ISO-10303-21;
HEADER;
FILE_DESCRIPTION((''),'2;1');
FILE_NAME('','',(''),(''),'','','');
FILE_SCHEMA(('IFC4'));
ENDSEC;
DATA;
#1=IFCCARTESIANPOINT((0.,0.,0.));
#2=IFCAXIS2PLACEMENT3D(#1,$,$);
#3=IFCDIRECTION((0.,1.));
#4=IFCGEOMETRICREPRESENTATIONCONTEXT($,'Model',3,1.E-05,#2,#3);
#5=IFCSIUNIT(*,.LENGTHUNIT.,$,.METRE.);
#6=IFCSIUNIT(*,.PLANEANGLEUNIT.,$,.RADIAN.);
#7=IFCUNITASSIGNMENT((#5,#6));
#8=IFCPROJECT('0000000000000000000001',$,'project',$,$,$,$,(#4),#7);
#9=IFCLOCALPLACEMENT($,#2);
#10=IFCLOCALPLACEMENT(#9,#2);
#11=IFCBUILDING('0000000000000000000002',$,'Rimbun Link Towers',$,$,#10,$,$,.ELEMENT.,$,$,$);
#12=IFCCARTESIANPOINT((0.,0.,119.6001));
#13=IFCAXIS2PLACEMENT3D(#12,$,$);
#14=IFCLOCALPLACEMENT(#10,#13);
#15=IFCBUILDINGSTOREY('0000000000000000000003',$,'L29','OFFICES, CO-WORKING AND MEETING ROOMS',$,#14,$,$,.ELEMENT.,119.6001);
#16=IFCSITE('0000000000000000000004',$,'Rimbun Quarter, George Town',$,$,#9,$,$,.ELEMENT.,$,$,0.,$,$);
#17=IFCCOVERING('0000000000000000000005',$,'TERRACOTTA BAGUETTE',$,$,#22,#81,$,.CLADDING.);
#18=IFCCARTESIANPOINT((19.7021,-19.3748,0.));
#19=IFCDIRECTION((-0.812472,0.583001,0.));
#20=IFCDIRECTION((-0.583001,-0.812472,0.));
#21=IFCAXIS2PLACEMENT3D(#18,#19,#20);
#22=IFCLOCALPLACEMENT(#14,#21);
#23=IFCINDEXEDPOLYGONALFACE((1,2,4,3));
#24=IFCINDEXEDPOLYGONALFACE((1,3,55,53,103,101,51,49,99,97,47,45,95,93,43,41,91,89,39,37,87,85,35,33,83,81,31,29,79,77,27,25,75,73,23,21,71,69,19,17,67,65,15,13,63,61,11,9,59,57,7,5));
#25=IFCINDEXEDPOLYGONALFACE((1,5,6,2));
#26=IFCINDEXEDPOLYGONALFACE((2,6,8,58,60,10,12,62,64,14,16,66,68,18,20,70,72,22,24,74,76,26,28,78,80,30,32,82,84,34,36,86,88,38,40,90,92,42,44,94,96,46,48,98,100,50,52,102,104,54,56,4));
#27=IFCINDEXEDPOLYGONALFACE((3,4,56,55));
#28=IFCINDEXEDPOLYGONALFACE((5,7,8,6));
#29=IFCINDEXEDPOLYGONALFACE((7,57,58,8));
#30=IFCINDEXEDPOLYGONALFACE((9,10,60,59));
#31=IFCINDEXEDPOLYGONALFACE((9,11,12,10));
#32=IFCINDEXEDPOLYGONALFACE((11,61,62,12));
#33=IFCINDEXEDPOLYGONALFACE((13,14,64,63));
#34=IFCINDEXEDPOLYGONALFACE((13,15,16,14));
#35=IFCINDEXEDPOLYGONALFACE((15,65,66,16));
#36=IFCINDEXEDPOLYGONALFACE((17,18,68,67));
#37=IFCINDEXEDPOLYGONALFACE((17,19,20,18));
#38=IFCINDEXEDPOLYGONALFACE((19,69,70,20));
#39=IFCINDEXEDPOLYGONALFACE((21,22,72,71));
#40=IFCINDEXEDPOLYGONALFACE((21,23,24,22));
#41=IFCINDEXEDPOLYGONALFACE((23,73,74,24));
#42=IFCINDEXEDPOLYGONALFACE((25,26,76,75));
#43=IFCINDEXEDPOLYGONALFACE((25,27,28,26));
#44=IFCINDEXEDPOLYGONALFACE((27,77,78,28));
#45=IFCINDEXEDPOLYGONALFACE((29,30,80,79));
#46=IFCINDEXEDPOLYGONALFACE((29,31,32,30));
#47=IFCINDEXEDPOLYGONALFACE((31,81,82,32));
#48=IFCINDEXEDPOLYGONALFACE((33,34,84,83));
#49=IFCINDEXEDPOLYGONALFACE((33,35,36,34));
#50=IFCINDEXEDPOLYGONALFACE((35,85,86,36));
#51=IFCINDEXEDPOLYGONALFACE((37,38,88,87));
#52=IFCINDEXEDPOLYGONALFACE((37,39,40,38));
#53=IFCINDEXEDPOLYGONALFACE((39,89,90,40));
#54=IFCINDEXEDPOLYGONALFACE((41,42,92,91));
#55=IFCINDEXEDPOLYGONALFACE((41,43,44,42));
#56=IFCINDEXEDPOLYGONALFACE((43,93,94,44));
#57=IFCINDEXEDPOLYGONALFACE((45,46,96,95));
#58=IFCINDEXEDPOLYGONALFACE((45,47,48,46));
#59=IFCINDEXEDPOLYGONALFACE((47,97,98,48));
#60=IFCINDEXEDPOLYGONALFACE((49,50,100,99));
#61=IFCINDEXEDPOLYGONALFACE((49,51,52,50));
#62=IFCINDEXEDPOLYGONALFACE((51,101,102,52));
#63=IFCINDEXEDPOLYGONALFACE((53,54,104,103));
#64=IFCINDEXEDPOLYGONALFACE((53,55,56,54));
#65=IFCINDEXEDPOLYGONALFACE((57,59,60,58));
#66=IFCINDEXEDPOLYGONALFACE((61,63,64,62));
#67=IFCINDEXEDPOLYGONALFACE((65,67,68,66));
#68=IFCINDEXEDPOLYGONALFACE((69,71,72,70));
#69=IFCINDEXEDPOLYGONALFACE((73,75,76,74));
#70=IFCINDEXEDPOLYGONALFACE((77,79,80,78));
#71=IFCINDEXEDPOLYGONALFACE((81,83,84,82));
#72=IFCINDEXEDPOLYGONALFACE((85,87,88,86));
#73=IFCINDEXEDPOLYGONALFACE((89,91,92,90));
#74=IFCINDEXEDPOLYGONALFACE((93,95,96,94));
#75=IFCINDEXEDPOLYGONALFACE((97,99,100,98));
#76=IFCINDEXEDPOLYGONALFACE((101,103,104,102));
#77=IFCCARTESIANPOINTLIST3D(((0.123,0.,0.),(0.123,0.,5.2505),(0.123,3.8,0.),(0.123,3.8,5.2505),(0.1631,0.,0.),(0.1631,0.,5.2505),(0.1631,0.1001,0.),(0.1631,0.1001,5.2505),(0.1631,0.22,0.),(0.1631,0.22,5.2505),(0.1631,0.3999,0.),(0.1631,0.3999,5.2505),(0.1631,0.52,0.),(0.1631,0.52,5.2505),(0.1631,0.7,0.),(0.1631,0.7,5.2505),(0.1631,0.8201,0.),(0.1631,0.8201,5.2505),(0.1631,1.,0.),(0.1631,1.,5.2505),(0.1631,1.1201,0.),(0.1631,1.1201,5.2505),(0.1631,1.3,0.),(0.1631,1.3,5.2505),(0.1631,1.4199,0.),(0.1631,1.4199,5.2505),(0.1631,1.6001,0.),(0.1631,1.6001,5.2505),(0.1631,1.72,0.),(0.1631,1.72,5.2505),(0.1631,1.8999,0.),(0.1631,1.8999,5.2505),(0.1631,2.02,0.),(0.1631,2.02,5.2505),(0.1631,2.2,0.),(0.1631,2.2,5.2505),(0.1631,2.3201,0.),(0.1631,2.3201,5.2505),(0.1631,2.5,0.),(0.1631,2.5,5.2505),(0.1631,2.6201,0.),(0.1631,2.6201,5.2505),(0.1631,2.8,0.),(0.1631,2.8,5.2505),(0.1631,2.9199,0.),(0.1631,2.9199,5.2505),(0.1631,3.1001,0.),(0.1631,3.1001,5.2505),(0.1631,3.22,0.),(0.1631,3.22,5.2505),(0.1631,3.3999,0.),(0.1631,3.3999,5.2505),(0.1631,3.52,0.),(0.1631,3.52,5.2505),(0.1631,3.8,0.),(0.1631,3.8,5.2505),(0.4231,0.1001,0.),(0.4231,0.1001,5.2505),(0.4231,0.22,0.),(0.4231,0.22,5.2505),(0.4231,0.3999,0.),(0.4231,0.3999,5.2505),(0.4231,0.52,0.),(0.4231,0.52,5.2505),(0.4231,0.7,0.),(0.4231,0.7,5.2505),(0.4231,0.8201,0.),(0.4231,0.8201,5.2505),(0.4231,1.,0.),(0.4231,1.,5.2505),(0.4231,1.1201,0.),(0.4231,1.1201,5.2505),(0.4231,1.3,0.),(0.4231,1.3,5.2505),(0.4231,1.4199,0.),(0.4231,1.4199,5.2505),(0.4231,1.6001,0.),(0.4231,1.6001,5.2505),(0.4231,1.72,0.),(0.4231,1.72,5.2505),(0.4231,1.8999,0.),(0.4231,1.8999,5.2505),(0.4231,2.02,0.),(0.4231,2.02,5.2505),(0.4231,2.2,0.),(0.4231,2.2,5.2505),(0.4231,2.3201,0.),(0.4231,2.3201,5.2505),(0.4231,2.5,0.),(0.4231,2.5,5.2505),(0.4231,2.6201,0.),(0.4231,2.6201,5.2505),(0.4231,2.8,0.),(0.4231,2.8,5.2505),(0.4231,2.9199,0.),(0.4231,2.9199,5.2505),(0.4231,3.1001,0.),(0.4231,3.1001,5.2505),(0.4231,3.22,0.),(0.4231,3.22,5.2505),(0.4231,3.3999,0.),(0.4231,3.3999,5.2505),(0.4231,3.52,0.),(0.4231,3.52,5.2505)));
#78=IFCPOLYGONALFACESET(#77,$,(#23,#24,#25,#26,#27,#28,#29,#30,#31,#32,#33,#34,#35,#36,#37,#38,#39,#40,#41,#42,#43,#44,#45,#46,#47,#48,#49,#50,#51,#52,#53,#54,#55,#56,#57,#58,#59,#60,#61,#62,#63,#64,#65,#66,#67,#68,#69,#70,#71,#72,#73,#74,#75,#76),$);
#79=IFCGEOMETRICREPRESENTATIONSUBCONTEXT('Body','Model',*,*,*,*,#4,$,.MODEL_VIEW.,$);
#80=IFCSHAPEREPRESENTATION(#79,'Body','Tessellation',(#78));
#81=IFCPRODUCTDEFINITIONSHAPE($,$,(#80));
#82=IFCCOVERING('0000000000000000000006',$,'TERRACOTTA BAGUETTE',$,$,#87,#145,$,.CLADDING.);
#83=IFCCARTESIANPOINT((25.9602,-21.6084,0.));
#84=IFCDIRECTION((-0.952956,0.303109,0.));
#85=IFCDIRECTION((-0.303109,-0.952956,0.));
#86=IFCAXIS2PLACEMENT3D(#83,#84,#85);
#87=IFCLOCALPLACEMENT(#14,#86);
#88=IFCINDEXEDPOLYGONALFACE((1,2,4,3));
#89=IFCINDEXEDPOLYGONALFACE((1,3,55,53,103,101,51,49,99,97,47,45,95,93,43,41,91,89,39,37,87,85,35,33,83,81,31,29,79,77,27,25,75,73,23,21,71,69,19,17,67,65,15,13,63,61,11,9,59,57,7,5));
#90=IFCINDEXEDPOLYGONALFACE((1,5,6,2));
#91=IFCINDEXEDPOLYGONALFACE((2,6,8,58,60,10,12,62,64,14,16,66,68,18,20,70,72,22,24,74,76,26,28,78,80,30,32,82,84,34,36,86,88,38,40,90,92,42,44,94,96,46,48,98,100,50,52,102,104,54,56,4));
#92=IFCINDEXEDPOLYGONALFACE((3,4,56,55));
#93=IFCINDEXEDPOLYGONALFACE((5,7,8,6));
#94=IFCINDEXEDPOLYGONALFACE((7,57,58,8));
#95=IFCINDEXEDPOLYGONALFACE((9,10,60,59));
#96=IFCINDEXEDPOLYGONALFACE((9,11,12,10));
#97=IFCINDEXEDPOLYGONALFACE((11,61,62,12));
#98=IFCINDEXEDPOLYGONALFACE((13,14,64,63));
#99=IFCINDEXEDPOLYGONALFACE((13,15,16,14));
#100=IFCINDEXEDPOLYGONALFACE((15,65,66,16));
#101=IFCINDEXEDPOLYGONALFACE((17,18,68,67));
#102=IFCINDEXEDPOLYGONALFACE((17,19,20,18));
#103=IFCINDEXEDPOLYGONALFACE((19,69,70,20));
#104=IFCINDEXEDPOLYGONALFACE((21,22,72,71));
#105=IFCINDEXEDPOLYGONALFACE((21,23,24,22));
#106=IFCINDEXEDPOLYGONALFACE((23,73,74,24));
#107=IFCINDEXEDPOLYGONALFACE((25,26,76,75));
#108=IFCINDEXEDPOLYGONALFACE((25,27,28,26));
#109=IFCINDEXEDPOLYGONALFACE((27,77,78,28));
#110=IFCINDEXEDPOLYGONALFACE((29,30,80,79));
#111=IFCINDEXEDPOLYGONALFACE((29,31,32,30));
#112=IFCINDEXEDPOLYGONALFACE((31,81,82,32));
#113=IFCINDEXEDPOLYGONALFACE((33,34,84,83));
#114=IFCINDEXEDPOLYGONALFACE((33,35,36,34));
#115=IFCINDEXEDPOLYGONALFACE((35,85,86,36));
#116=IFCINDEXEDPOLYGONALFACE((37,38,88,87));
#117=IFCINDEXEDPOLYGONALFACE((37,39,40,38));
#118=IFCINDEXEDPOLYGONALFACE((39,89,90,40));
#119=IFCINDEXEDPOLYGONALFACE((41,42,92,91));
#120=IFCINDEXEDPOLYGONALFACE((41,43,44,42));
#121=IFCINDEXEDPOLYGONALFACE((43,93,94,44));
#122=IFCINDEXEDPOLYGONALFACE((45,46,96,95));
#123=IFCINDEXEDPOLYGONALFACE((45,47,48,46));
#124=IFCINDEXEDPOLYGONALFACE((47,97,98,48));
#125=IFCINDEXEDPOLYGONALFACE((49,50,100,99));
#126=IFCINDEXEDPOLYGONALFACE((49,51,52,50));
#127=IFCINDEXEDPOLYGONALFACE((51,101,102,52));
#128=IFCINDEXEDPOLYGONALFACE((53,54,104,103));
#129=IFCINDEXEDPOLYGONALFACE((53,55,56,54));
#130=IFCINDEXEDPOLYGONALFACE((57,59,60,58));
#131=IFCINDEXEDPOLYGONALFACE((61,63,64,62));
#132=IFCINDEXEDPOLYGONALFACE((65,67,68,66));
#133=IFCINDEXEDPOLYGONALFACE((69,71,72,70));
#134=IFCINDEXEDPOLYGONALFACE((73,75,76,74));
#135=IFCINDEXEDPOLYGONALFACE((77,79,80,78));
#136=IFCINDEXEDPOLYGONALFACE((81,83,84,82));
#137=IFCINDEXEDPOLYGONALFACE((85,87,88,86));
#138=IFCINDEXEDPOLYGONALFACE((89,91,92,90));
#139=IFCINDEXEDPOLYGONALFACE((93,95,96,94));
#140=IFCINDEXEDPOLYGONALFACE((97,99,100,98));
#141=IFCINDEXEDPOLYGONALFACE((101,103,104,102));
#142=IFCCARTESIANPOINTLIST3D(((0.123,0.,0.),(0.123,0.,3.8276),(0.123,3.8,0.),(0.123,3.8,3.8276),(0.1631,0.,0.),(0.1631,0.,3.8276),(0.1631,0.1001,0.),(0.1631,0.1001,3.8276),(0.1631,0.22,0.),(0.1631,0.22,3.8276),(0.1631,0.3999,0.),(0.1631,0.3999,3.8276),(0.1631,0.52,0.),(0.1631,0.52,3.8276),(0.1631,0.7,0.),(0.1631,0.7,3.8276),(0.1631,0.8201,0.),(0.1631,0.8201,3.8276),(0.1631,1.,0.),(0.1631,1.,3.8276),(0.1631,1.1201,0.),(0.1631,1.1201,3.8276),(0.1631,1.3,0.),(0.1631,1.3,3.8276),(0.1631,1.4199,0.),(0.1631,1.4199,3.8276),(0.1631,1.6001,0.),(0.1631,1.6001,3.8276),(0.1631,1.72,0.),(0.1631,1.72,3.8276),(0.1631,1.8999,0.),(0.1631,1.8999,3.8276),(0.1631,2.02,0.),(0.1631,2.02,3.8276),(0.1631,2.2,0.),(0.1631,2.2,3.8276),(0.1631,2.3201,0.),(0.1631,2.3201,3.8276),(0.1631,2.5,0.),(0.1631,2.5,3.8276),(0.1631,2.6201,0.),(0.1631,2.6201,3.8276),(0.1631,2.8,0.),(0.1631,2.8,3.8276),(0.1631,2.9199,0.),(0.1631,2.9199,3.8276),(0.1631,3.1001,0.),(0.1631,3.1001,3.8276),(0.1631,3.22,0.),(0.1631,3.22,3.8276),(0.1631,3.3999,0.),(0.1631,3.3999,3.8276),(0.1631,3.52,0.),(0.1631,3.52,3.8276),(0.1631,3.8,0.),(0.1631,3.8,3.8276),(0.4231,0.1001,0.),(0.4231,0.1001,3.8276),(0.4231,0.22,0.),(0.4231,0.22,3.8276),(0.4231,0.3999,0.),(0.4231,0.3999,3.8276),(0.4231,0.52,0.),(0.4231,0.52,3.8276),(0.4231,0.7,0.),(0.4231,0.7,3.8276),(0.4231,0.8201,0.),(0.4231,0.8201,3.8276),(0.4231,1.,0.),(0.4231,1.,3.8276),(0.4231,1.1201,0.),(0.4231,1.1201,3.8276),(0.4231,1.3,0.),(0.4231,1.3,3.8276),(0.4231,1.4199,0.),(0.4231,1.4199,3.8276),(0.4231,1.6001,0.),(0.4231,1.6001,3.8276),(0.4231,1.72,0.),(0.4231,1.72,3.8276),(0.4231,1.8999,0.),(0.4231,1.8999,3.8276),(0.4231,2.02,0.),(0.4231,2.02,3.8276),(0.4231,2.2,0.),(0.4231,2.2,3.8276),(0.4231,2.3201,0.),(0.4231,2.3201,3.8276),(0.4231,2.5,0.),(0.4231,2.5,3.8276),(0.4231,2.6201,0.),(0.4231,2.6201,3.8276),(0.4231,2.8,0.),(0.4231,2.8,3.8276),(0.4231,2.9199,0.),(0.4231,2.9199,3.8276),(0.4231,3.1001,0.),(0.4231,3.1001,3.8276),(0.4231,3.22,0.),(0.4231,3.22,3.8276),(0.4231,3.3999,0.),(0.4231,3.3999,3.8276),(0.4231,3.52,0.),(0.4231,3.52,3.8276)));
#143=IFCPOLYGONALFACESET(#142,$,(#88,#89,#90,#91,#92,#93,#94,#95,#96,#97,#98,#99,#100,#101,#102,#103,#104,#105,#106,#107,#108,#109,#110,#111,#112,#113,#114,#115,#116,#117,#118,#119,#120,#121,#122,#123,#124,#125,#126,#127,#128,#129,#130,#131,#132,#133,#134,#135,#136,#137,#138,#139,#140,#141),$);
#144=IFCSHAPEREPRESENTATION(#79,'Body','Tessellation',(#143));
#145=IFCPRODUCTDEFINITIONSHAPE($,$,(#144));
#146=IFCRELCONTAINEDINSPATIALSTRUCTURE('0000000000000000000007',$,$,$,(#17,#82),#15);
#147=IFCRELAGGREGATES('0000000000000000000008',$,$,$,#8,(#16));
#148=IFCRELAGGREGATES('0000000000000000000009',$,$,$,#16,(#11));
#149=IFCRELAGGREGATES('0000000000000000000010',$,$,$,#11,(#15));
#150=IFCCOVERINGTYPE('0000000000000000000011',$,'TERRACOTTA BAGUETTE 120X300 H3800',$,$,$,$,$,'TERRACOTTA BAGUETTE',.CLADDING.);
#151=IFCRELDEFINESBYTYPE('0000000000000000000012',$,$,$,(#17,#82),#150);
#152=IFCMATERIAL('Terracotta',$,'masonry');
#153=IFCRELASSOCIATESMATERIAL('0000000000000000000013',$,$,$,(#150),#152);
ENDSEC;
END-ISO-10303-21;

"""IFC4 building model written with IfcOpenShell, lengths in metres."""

from ifc_helpers import new_model, si_unit, direction, frame, origin, place, context, subcontext, project, spatial, polyline, outline, extrude, material, material_profile, profile_set, type_object, element, save


model = new_model("IFC4")

# Units and contexts
model_context = context("Model", 3, precision=1e-05, world=origin(), true_north=direction((0.0, 1.0)))
body_context = subcontext(model_context, "Body", "Model", "MODEL_VIEW")
ifc_project = project(units=[si_unit("LENGTHUNIT", "METRE"), si_unit("PLANEANGLEUNIT", "RADIAN")], contexts=[model_context])

# Site, building, storey
site_placement = place(None, origin())
site = spatial("IfcSite", under=ifc_project, at=site_placement, Name="Rimbun Quarter, George Town", CompositionType="ELEMENT", RefElevation=0.0)
building_placement = place(site_placement, origin())
building = spatial("IfcBuilding", under=site, at=building_placement, Name="Rimbun Link Towers", CompositionType="ELEMENT")
storey_placement = place(building_placement, frame((0.0, 0.0, 119.6001)))
storey = spatial("IfcBuildingStorey", under=building, at=storey_placement, Name="L29", Description="OFFICES, CO-WORKING AND MEETING ROOMS", CompositionType="ELEMENT", Elevation=119.6001)

# Coverings
ifc_material_1 = material(Name="Terracotta", Category="masonry")
ifc_material_profile_1 = material_profile(ifc_material_1, outline(polyline([(0.123, 0.0), (0.1631, 0.0), (0.1631, 0.1001), (0.4231, 0.1001), (0.4231, 0.22), (0.1631, 0.22), (0.1631, 0.3999), (0.4231, 0.3999), (0.4231, 0.52), (0.1631, 0.52), (0.1631, 0.7), (0.4231, 0.7), (0.4231, 0.8201), (0.1631, 0.8201), (0.1631, 1.0), (0.4231, 1.0), (0.4231, 1.1201), (0.1631, 1.1201), (0.1631, 1.3), (0.4231, 1.3), (0.4231, 1.4199), (0.1631, 1.4199), (0.1631, 1.6001), (0.4231, 1.6001), (0.4231, 1.72), (0.1631, 1.72), (0.1631, 1.8999), (0.4231, 1.8999), (0.4231, 2.02), (0.1631, 2.02), (0.1631, 2.2), (0.4231, 2.2), (0.4231, 2.3201), (0.1631, 2.3201), (0.1631, 2.5), (0.4231, 2.5), (0.4231, 2.6201), (0.1631, 2.6201), (0.1631, 2.8), (0.4231, 2.8), (0.4231, 2.9199), (0.1631, 2.9199), (0.1631, 3.1001), (0.4231, 3.1001), (0.4231, 3.22), (0.1631, 3.22), (0.1631, 3.3999), (0.4231, 3.3999), (0.4231, 3.52), (0.1631, 3.52), (0.1631, 3.8), (0.123, 3.8), (0.123, 0.0)])), Name="BAGUETTE 120X300")
ifc_profile_set_1 = profile_set([ifc_material_profile_1], Name="Terracotta")
covering_type = type_object("IfcCoveringType", Name="TERRACOTTA BAGUETTE 120X300 H3800", ElementType="TERRACOTTA BAGUETTE", PredefinedType="CLADDING", material=ifc_profile_set_1)
covering_1_placement = place(storey_placement, frame((19.7021, -19.3748, 0.0), z_axis=(-0.812472, 0.583001, 0.0), x_axis=(-0.583001, -0.812472, 0.0)))
element("IfcCovering", 1, at=covering_1_placement, inside=storey, type_object=covering_type, Name="TERRACOTTA BAGUETTE", PredefinedType="CLADDING", context=body_context, shape_type="SweptSolid", body=[
    extrude(outline(polyline([(0.123, 0.0), (0.1631, 0.0), (0.1631, 0.1001), (0.4231, 0.1001), (0.4231, 0.22), (0.1631, 0.22), (0.1631, 0.3999), (0.4231, 0.3999), (0.4231, 0.52), (0.1631, 0.52), (0.1631, 0.7), (0.4231, 0.7), (0.4231, 0.8201), (0.1631, 0.8201), (0.1631, 1.0), (0.4231, 1.0), (0.4231, 1.1201), (0.1631, 1.1201), (0.1631, 1.3), (0.4231, 1.3), (0.4231, 1.4199), (0.1631, 1.4199), (0.1631, 1.6001), (0.4231, 1.6001), (0.4231, 1.72), (0.1631, 1.72), (0.1631, 1.8999), (0.4231, 1.8999), (0.4231, 2.02), (0.1631, 2.02), (0.1631, 2.2), (0.4231, 2.2), (0.4231, 2.3201), (0.1631, 2.3201), (0.1631, 2.5), (0.4231, 2.5), (0.4231, 2.6201), (0.1631, 2.6201), (0.1631, 2.8), (0.4231, 2.8), (0.4231, 2.9199), (0.1631, 2.9199), (0.1631, 3.1001), (0.4231, 3.1001), (0.4231, 3.22), (0.1631, 3.22), (0.1631, 3.3999), (0.4231, 3.3999), (0.4231, 3.52), (0.1631, 3.52), (0.1631, 3.8), (0.123, 3.8), (0.123, 0.0)])), origin(), (0.0, 0.0, 1.0), 5.2505),
])
covering_2_placement = place(storey_placement, frame((25.9602, -21.6084, 0.0), z_axis=(-0.952956, 0.303109, 0.0), x_axis=(-0.303109, -0.952956, 0.0)))
element("IfcCovering", 2, at=covering_2_placement, inside=storey, type_object=covering_type, Name="TERRACOTTA BAGUETTE", PredefinedType="CLADDING", context=body_context, shape_type="SweptSolid", body=[
    extrude(outline(polyline([(0.123, 0.0), (0.1631, 0.0), (0.1631, 0.1001), (0.4231, 0.1001), (0.4231, 0.22), (0.1631, 0.22), (0.1631, 0.3999), (0.4231, 0.3999), (0.4231, 0.52), (0.1631, 0.52), (0.1631, 0.7), (0.4231, 0.7), (0.4231, 0.8201), (0.1631, 0.8201), (0.1631, 1.0), (0.4231, 1.0), (0.4231, 1.1201), (0.1631, 1.1201), (0.1631, 1.3), (0.4231, 1.3), (0.4231, 1.4199), (0.1631, 1.4199), (0.1631, 1.6001), (0.4231, 1.6001), (0.4231, 1.72), (0.1631, 1.72), (0.1631, 1.8999), (0.4231, 1.8999), (0.4231, 2.02), (0.1631, 2.02), (0.1631, 2.2), (0.4231, 2.2), (0.4231, 2.3201), (0.1631, 2.3201), (0.1631, 2.5), (0.4231, 2.5), (0.4231, 2.6201), (0.1631, 2.6201), (0.1631, 2.8), (0.4231, 2.8), (0.4231, 2.9199), (0.1631, 2.9199), (0.1631, 3.1001), (0.4231, 3.1001), (0.4231, 3.22), (0.1631, 3.22), (0.1631, 3.3999), (0.4231, 3.3999), (0.4231, 3.52), (0.1631, 3.52), (0.1631, 3.8), (0.123, 3.8), (0.123, 0.0)])), origin(), (0.0, 0.0, 1.0), 3.8276),
])

save(model, "model.ifc")
